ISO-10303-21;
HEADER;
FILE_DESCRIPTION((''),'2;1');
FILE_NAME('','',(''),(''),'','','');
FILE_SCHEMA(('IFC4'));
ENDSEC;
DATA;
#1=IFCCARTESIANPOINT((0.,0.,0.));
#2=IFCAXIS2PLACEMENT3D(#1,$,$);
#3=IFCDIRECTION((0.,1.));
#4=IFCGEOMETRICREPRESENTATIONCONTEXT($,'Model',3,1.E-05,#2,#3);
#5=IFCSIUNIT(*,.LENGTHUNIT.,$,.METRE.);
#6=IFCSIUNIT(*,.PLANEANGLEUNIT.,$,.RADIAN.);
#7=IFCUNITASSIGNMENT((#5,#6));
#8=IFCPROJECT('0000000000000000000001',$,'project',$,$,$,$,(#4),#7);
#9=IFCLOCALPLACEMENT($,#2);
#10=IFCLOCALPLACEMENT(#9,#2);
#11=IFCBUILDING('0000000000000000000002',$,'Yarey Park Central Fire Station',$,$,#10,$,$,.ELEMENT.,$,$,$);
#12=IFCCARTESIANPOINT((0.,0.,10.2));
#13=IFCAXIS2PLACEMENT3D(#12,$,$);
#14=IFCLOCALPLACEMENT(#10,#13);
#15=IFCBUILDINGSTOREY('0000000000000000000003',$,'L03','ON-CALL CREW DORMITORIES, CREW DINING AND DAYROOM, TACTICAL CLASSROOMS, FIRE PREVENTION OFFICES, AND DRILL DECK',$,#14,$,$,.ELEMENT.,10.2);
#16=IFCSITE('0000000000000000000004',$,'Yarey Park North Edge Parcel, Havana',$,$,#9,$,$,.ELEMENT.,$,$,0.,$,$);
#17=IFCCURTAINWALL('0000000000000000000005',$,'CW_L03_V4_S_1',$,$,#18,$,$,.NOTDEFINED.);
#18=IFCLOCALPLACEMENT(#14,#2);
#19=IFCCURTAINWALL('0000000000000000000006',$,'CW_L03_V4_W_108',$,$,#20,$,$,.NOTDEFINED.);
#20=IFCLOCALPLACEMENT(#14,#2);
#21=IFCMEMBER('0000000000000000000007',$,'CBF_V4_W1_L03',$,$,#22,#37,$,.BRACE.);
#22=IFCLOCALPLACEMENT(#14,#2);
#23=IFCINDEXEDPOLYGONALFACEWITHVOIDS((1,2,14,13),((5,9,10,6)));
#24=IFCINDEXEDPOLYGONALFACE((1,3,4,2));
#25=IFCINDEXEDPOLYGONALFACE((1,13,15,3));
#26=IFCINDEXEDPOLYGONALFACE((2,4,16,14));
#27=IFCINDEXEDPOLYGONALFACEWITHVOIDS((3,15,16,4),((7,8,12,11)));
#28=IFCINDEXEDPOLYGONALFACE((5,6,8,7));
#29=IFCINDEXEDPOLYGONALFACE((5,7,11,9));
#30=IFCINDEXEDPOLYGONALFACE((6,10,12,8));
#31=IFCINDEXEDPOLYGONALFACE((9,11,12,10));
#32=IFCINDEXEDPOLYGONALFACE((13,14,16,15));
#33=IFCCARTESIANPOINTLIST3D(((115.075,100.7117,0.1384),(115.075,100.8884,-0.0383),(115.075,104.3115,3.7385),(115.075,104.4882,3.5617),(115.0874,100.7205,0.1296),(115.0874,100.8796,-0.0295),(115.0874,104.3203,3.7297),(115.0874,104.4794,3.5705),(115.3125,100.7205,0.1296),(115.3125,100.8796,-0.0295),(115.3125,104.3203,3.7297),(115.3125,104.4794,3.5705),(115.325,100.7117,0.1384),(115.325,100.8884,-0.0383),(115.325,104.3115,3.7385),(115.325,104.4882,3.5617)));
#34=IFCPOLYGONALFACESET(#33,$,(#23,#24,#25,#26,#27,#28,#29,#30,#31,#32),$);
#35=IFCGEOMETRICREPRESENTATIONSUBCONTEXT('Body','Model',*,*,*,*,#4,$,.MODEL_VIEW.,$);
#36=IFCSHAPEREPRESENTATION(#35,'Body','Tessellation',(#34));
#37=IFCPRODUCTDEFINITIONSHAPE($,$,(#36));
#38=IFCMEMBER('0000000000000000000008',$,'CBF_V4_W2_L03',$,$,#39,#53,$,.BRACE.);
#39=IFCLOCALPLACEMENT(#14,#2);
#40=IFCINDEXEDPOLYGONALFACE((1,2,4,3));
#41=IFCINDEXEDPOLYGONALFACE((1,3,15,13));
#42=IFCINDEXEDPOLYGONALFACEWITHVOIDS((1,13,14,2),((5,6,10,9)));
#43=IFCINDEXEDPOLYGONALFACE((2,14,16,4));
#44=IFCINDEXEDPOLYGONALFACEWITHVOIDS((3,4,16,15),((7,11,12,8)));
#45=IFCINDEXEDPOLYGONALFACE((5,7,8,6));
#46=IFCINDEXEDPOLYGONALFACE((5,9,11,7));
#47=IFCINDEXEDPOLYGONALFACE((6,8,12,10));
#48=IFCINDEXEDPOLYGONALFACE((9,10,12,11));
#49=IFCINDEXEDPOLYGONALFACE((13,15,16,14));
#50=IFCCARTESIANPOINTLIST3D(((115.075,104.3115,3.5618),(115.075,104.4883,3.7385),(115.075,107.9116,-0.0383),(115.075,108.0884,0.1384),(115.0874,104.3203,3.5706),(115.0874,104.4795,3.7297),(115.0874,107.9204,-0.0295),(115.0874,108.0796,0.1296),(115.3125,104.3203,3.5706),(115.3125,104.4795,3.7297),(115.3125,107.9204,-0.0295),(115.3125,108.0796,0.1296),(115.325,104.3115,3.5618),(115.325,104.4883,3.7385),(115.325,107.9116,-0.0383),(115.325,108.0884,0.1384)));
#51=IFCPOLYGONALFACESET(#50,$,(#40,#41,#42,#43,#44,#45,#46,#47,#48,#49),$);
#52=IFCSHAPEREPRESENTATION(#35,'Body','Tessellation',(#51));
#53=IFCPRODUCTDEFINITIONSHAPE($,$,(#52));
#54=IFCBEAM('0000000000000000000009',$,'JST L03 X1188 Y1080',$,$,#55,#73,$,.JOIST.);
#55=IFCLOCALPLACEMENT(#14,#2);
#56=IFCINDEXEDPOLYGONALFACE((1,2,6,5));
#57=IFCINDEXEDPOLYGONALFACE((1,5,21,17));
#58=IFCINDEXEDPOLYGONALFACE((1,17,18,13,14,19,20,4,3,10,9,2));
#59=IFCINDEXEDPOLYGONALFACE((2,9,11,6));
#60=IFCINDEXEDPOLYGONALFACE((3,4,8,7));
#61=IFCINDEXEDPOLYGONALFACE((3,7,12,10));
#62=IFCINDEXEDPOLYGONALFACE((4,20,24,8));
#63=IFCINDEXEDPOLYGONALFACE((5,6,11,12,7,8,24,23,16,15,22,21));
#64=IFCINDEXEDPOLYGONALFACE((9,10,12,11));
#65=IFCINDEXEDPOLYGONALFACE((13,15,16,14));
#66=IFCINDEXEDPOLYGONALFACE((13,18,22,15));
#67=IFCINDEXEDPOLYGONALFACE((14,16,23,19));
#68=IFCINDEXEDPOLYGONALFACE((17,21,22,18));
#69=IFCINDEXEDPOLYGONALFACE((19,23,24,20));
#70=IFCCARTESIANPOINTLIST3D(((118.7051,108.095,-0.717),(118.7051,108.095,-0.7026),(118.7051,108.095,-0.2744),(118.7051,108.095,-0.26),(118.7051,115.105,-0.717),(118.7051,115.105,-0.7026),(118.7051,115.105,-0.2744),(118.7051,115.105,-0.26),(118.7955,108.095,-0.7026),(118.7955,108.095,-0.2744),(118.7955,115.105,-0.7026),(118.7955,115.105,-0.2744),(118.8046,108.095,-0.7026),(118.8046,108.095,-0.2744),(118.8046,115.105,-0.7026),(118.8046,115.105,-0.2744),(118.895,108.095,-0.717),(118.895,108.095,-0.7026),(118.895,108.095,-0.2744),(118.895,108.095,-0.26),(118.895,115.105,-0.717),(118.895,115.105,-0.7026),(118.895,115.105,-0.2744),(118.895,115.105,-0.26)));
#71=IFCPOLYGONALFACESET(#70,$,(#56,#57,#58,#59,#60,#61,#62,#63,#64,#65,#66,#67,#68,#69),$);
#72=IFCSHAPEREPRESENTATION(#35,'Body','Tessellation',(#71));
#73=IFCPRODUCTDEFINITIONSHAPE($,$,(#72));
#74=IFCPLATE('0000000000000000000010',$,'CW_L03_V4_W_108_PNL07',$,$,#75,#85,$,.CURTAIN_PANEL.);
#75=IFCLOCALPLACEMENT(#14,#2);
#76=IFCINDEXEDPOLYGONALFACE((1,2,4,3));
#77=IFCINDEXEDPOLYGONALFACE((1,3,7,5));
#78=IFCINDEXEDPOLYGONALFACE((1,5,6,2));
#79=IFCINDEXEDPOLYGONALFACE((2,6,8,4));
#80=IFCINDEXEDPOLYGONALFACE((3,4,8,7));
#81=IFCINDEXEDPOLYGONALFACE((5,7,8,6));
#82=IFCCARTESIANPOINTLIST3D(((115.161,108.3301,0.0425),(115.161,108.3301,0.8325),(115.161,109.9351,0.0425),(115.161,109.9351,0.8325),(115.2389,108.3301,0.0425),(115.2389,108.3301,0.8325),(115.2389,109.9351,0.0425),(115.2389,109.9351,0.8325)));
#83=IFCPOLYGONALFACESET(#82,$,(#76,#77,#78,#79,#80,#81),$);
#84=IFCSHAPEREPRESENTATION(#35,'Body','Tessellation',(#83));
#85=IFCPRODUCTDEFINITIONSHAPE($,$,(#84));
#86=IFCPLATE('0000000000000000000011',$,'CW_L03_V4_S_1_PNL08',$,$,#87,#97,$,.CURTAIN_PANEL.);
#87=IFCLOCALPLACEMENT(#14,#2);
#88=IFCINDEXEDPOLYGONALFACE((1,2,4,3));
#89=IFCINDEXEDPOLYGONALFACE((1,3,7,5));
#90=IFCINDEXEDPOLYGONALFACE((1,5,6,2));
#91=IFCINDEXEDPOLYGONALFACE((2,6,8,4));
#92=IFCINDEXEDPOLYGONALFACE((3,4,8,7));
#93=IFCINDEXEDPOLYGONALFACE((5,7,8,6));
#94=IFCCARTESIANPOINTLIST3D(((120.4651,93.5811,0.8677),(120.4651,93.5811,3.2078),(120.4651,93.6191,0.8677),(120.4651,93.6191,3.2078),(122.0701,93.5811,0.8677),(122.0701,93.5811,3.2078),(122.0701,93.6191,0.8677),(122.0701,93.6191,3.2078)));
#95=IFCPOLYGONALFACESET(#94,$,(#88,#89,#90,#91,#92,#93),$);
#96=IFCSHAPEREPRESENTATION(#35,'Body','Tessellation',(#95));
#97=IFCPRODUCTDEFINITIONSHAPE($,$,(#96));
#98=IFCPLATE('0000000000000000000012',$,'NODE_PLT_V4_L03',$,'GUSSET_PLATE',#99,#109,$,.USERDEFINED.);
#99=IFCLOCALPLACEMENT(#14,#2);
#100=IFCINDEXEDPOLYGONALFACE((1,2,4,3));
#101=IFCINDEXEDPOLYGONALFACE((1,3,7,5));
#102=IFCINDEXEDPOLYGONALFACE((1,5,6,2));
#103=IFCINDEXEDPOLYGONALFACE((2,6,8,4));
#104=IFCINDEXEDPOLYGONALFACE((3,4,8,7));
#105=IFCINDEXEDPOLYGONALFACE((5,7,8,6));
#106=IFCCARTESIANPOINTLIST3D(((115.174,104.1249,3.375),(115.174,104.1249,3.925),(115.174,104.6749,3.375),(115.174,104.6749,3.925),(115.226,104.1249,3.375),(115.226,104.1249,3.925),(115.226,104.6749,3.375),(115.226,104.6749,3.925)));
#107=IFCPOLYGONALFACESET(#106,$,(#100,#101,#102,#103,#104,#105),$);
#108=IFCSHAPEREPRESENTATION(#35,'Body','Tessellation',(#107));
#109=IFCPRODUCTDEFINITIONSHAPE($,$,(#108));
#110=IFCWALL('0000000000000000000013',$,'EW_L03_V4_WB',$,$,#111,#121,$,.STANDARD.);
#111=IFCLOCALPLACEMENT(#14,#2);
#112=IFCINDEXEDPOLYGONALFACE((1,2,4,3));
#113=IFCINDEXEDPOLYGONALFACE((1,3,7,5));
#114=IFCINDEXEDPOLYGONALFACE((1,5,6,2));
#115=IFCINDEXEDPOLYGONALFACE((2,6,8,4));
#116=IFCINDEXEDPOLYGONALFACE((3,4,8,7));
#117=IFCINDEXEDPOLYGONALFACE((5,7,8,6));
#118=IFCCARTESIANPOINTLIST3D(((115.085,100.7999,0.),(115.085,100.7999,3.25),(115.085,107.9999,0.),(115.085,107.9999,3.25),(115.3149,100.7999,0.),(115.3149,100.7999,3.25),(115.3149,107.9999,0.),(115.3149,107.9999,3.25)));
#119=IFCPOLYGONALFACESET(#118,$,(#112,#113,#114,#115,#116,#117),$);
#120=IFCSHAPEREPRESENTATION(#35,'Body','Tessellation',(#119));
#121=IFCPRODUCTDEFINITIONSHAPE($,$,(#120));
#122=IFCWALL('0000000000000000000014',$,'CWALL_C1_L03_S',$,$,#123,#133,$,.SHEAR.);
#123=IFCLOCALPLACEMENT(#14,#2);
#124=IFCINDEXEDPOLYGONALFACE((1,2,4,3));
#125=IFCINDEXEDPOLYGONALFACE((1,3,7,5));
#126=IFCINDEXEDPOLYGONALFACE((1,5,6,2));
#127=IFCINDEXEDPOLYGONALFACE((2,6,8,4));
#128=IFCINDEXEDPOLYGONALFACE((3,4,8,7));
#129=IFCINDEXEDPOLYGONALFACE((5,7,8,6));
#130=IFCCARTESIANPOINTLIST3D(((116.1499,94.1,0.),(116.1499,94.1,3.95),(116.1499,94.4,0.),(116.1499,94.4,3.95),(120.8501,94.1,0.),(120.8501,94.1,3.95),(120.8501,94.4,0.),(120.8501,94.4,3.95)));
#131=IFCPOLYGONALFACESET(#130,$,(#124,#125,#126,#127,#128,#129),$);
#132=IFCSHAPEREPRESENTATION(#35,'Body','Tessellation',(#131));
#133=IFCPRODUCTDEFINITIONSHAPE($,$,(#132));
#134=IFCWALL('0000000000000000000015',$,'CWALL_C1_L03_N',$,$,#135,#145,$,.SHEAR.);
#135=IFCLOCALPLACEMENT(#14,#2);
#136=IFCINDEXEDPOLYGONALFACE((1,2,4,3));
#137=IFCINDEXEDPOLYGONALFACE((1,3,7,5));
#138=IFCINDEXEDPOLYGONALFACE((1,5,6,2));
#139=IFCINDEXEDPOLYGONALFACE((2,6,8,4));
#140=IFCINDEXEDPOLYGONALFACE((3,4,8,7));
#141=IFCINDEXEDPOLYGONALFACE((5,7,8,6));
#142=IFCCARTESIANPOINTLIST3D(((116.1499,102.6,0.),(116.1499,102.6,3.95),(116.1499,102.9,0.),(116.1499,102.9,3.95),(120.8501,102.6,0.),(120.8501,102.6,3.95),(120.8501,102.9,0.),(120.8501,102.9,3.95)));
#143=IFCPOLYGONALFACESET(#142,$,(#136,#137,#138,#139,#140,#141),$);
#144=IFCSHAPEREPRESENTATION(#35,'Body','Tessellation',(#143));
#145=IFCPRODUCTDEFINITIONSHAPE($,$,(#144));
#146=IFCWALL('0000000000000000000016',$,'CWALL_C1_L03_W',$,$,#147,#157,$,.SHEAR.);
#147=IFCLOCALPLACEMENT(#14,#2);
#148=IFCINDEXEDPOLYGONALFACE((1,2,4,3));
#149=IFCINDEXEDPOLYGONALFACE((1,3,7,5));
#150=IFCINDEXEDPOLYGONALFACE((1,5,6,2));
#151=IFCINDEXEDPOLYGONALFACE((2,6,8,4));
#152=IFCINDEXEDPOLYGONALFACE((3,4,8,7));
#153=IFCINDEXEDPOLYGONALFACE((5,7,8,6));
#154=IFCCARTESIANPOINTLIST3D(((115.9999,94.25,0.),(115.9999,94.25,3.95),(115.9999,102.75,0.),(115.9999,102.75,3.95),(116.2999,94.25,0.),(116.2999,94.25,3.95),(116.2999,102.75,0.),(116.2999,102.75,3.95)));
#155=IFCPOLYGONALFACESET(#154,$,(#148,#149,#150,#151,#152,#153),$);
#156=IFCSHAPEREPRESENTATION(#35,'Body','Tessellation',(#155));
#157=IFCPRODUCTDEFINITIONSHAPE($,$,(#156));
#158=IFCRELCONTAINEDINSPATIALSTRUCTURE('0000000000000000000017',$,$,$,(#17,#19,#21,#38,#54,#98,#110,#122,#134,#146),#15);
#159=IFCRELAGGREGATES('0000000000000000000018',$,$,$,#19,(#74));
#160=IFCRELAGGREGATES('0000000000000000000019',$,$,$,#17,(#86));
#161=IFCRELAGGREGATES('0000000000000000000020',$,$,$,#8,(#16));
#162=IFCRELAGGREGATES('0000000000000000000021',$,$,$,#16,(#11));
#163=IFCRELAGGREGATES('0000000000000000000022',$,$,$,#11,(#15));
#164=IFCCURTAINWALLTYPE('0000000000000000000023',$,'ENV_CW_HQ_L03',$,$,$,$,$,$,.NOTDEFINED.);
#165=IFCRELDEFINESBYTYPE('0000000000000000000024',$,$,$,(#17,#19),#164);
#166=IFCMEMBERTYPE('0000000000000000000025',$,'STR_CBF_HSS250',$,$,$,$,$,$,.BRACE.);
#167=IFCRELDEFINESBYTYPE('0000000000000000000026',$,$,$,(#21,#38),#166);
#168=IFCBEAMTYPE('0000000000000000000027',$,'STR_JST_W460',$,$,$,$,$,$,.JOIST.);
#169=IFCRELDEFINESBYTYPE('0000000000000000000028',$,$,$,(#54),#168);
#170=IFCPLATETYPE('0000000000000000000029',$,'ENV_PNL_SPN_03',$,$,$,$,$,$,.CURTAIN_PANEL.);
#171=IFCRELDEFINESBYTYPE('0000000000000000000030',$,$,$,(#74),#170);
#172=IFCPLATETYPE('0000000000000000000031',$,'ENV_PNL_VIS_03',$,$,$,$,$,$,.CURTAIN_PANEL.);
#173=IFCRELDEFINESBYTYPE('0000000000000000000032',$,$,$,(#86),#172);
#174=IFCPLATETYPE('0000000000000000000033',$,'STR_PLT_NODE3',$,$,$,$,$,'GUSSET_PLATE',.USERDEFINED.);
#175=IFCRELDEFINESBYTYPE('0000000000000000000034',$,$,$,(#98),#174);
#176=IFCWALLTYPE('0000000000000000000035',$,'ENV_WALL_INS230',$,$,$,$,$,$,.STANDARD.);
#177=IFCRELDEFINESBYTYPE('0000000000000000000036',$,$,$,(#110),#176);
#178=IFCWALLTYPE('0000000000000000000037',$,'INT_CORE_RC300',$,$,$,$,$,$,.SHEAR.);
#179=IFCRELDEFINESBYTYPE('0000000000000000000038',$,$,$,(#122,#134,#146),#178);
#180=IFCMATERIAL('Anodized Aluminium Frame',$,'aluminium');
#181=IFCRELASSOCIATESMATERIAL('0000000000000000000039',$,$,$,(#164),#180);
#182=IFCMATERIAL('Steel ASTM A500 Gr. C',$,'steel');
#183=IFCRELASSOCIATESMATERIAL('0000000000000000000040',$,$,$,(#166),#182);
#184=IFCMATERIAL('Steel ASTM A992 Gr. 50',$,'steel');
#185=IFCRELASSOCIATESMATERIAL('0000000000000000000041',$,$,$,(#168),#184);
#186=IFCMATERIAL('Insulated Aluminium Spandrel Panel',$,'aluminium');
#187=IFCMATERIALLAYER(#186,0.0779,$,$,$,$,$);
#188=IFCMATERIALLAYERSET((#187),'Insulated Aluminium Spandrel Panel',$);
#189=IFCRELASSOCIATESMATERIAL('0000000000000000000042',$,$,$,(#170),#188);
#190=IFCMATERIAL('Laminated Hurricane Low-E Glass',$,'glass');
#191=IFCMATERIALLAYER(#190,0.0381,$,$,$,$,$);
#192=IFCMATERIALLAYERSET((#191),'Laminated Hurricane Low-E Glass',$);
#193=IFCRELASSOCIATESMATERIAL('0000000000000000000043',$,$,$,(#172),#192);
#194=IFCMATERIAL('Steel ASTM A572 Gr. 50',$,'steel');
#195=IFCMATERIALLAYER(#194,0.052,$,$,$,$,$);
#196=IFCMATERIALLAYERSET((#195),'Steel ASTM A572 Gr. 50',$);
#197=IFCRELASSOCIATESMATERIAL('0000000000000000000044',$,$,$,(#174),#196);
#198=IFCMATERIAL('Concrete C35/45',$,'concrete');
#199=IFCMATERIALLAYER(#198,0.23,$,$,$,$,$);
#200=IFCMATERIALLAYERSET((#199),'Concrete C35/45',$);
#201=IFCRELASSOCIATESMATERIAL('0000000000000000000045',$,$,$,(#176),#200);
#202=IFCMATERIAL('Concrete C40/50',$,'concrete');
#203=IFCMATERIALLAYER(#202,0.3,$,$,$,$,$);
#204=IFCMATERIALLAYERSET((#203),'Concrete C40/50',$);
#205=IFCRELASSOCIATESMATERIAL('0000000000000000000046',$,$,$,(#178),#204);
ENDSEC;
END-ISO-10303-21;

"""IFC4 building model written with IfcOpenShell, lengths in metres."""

from ifc_helpers import new_model, si_unit, direction, frame, frame_2d, origin, origin_2d, place, context, subcontext, project, spatial, rectangle, hollow_rectangle, i_section, extrude, material, layer, layer_set, material_profile, profile_set, type_object, element, aggregate, save


model = new_model("IFC4")

# Units and contexts
model_context = context("Model", 3, precision=1e-05, world=origin(), true_north=direction((0.0, 1.0)))
body_context = subcontext(model_context, "Body", "Model", "MODEL_VIEW")
ifc_project = project(units=[si_unit("LENGTHUNIT", "METRE"), si_unit("PLANEANGLEUNIT", "RADIAN")], contexts=[model_context])

# Site, building, storey
site_placement = place(None, origin())
site = spatial("IfcSite", under=ifc_project, at=site_placement, Name="Yarey Park North Edge Parcel, Havana", CompositionType="ELEMENT", RefElevation=0.0)
building_placement = place(site_placement, origin())
building = spatial("IfcBuilding", under=site, at=building_placement, Name="Yarey Park Central Fire Station", CompositionType="ELEMENT")
storey_placement = place(building_placement, frame((0.0, 0.0, 10.2)))
storey = spatial("IfcBuildingStorey", under=building, at=storey_placement, Name="L03", Description="ON-CALL CREW DORMITORIES, CREW DINING AND DAYROOM, TACTICAL CLASSROOMS, FIRE PREVENTION OFFICES, AND DRILL DECK", CompositionType="ELEMENT", Elevation=10.2)

# Shared definitions
ifc_material_1 = material(Name="Concrete C40/50", Category="concrete")

# Curtain walls
ifc_material_2 = material(Name="Anodized Aluminium Frame", Category="aluminium")
curtain_wall_type = type_object("IfcCurtainWallType", Name="ENV_CW_HQ_L03", PredefinedType="NOTDEFINED", material=ifc_material_2)
curtain_wall_1_placement = place(storey_placement, origin())
curtain_wall_1 = element("IfcCurtainWall", 1, at=curtain_wall_1_placement, inside=storey, type_object=curtain_wall_type, Name="CW_L03_V4_S_1", PredefinedType="NOTDEFINED")
curtain_wall_2_placement = place(storey_placement, origin())
curtain_wall_2 = element("IfcCurtainWall", 2, at=curtain_wall_2_placement, inside=storey, type_object=curtain_wall_type, Name="CW_L03_V4_W_108", PredefinedType="NOTDEFINED")

# Shared definitions
ifc_material_3 = material(Name="Steel ASTM A992 Gr. 50", Category="steel")

# Members
ifc_material_4 = material(Name="Steel ASTM A500 Gr. C", Category="steel")
ifc_material_profile_1 = material_profile(ifc_material_4, hollow_rectangle(XDim=0.25, YDim=0.25, WallThickness=0.0125, at=origin_2d()), Name="HSS 250x250x12.5")
ifc_profile_set_1 = profile_set([ifc_material_profile_1], Name="Steel ASTM A500 Gr. C")
member_type_1 = type_object("IfcMemberType", Name="STR_CBF_HSS250", PredefinedType="BRACE", material=ifc_profile_set_1)
member_1_placement = place(storey_placement, frame((115.2, 100.8, 0.05), z_axis=(0.0, 0.707083, 0.707131), x_axis=(-1.0, 0.0, 0.0)))
element("IfcMember", 3, at=member_1_placement, inside=storey, type_object=member_type_1, Name="CBF_V4_W1_L03", PredefinedType="BRACE", context=body_context, shape_type="SweptSolid", body=[
    extrude(hollow_rectangle(XDim=0.25, YDim=0.25, WallThickness=0.0125, at=origin_2d()), origin(), (0.0, 0.0, 1.0), 5.0911),
])
member_2_placement = place(storey_placement, frame((115.2, 108.0, 0.05), z_axis=(0.0, -0.707107, 0.707107), x_axis=(1.0, 0.0, 0.0)))
element("IfcMember", 4, at=member_2_placement, inside=storey, type_object=member_type_1, Name="CBF_V4_W2_L03", PredefinedType="BRACE", context=body_context, shape_type="SweptSolid", body=[
    extrude(hollow_rectangle(XDim=0.25, YDim=0.25, WallThickness=0.0125, at=origin_2d()), origin(), (0.0, 0.0, 1.0), 5.0913),
])

# Beam
ifc_material_profile_2 = material_profile(ifc_material_3, i_section(OverallWidth=0.1899, OverallDepth=0.457, WebThickness=0.009, FlangeThickness=0.0144, at=origin_2d()), Name="W460x74")
ifc_profile_set_2 = profile_set([ifc_material_profile_2], Name="Steel ASTM A992 Gr. 50")
beam_type_1 = type_object("IfcBeamType", Name="STR_JST_W460", PredefinedType="JOIST", material=ifc_profile_set_2)
beam_1_placement = place(storey_placement, frame((118.8, 108.095, -0.4885), z_axis=(0.0, 1.0, 0.0), x_axis=(-1.0, 0.0, 0.0)))
element("IfcBeam", 5, at=beam_1_placement, inside=storey, type_object=beam_type_1, Name="JST L03 X1188 Y1080", PredefinedType="JOIST", context=body_context, shape_type="SweptSolid", body=[
    extrude(i_section(OverallWidth=0.1899, OverallDepth=0.457, WebThickness=0.009, FlangeThickness=0.0144, at=origin_2d()), origin(), (0.0, 0.0, 1.0), 7.01),
])

# Plates
ifc_material_5 = material(Name="Insulated Aluminium Spandrel Panel", Category="aluminium")
ifc_layer_1 = layer(ifc_material_5, 0.0779)
ifc_layer_set_1 = layer_set([ifc_layer_1], Name="Insulated Aluminium Spandrel Panel")
plate_type_1 = type_object("IfcPlateType", Name="ENV_PNL_SPN_03", PredefinedType="CURTAIN_PANEL", material=ifc_layer_set_1)
plate_1_placement = place(storey_placement, frame((115.2, 109.1326, 0.0425), z_axis=(0.0, 0.0, 1.0), x_axis=(0.0, -1.0, 0.0)))
plate_1 = element("IfcPlate", 6, at=plate_1_placement, type_object=plate_type_1, Name="CW_L03_V4_W_108_PNL07", PredefinedType="CURTAIN_PANEL", context=body_context, shape_type="SweptSolid", body=[
    extrude(rectangle(XDim=1.605, YDim=0.0779, at=origin_2d()), origin(), (0.0, 0.0, 1.0), 0.79),
])
aggregate(curtain_wall_2, [plate_1])
ifc_material_6 = material(Name="Laminated Hurricane Low-E Glass", Category="glass")
ifc_layer_2 = layer(ifc_material_6, 0.0381)
ifc_layer_set_2 = layer_set([ifc_layer_2], Name="Laminated Hurricane Low-E Glass")
plate_type_2 = type_object("IfcPlateType", Name="ENV_PNL_VIS_03", PredefinedType="CURTAIN_PANEL", material=ifc_layer_set_2)
plate_2_placement = place(storey_placement, frame((121.2676, 93.6001, 0.8677), z_axis=(0.0, 0.0, 1.0), x_axis=(1.0, 0.0, 0.0)))
plate_2 = element("IfcPlate", 7, at=plate_2_placement, type_object=plate_type_2, Name="CW_L03_V4_S_1_PNL08", PredefinedType="CURTAIN_PANEL", context=body_context, shape_type="SweptSolid", body=[
    extrude(rectangle(XDim=1.605, YDim=0.0381, at=origin_2d()), origin(), (0.0, 0.0, 1.0), 2.3401),
])
aggregate(curtain_wall_1, [plate_2])
ifc_material_7 = material(Name="Steel ASTM A572 Gr. 50", Category="steel")
ifc_layer_3 = layer(ifc_material_7, 0.052)
ifc_layer_set_3 = layer_set([ifc_layer_3], Name="Steel ASTM A572 Gr. 50")
plate_type_3 = type_object("IfcPlateType", Name="STR_PLT_NODE3", ElementType="GUSSET_PLATE", PredefinedType="USERDEFINED", material=ifc_layer_set_3)
plate_3_placement = place(storey_placement, frame((115.2, 104.3999, 3.375), z_axis=(0.0, 0.0, 1.0), x_axis=(1.0, 0.0, 0.0)))
element("IfcPlate", 8, at=plate_3_placement, inside=storey, type_object=plate_type_3, Name="NODE_PLT_V4_L03", ObjectType="GUSSET_PLATE", PredefinedType="USERDEFINED", context=body_context, shape_type="SweptSolid", body=[
    extrude(rectangle(XDim=0.052, YDim=0.55, at=origin_2d()), origin(), (0.0, 0.0, 1.0), 0.55),
])

# Walls
ifc_material_8 = material(Name="Concrete C35/45", Category="concrete")
ifc_layer_4 = layer(ifc_material_8, 0.23)
ifc_layer_set_4 = layer_set([ifc_layer_4], Name="Concrete C35/45")
wall_type_1 = type_object("IfcWallType", Name="ENV_WALL_INS230", PredefinedType="STANDARD", material=ifc_layer_set_4)
wall_1_placement = place(storey_placement, frame((115.2, 108.0, 0.0), z_axis=(0.0, 0.0, 1.0), x_axis=(0.0, -1.0, 0.0)))
element("IfcWall", 9, at=wall_1_placement, inside=storey, type_object=wall_type_1, Name="EW_L03_V4_WB", PredefinedType="STANDARD", context=body_context, shape_type="SweptSolid", body=[
    extrude(rectangle(XDim=7.2, YDim=0.23, at=frame_2d((3.6001, 0.0))), origin(), (0.0, 0.0, 1.0), 3.25),
])
ifc_layer_5 = layer(ifc_material_1, 0.3)
ifc_layer_set_5 = layer_set([ifc_layer_5], Name="Concrete C40/50")
wall_type_2 = type_object("IfcWallType", Name="INT_CORE_RC300", PredefinedType="SHEAR", material=ifc_layer_set_5)
for number, where, z_axis, x_axis, name in (
    (10, (116.1499, 94.25, 0.0), (0.0, 0.0, 1.0), (1.0, 0.0, 0.0), "CWALL_C1_L03_S"),
    (11, (120.8501, 102.75, 0.0), (0.0, 0.0, 1.0), (-1.0, 0.0, 0.0), "CWALL_C1_L03_N"),
):
    element("IfcWall", number, at=place(storey_placement, frame(where, z_axis=z_axis, x_axis=x_axis)), inside=storey, type_object=wall_type_2, Name=name, PredefinedType="SHEAR", context=body_context, shape_type="SweptSolid", body=[
        extrude(rectangle(XDim=4.7002, YDim=0.3, at=frame_2d((2.3501, 0.0))), origin(), (0.0, 0.0, 1.0), 3.95),
    ])
wall_2_placement = place(storey_placement, frame((116.1499, 102.75, 0.0), z_axis=(0.0, 0.0, 1.0), x_axis=(0.0, -1.0, 0.0)))
element("IfcWall", 12, at=wall_2_placement, inside=storey, type_object=wall_type_2, Name="CWALL_C1_L03_W", PredefinedType="SHEAR", context=body_context, shape_type="SweptSolid", body=[
    extrude(rectangle(XDim=8.5, YDim=0.3, at=frame_2d((4.25, 0.0))), origin(), (0.0, 0.0, 1.0), 3.95),
])

save(model, "model.ifc")
